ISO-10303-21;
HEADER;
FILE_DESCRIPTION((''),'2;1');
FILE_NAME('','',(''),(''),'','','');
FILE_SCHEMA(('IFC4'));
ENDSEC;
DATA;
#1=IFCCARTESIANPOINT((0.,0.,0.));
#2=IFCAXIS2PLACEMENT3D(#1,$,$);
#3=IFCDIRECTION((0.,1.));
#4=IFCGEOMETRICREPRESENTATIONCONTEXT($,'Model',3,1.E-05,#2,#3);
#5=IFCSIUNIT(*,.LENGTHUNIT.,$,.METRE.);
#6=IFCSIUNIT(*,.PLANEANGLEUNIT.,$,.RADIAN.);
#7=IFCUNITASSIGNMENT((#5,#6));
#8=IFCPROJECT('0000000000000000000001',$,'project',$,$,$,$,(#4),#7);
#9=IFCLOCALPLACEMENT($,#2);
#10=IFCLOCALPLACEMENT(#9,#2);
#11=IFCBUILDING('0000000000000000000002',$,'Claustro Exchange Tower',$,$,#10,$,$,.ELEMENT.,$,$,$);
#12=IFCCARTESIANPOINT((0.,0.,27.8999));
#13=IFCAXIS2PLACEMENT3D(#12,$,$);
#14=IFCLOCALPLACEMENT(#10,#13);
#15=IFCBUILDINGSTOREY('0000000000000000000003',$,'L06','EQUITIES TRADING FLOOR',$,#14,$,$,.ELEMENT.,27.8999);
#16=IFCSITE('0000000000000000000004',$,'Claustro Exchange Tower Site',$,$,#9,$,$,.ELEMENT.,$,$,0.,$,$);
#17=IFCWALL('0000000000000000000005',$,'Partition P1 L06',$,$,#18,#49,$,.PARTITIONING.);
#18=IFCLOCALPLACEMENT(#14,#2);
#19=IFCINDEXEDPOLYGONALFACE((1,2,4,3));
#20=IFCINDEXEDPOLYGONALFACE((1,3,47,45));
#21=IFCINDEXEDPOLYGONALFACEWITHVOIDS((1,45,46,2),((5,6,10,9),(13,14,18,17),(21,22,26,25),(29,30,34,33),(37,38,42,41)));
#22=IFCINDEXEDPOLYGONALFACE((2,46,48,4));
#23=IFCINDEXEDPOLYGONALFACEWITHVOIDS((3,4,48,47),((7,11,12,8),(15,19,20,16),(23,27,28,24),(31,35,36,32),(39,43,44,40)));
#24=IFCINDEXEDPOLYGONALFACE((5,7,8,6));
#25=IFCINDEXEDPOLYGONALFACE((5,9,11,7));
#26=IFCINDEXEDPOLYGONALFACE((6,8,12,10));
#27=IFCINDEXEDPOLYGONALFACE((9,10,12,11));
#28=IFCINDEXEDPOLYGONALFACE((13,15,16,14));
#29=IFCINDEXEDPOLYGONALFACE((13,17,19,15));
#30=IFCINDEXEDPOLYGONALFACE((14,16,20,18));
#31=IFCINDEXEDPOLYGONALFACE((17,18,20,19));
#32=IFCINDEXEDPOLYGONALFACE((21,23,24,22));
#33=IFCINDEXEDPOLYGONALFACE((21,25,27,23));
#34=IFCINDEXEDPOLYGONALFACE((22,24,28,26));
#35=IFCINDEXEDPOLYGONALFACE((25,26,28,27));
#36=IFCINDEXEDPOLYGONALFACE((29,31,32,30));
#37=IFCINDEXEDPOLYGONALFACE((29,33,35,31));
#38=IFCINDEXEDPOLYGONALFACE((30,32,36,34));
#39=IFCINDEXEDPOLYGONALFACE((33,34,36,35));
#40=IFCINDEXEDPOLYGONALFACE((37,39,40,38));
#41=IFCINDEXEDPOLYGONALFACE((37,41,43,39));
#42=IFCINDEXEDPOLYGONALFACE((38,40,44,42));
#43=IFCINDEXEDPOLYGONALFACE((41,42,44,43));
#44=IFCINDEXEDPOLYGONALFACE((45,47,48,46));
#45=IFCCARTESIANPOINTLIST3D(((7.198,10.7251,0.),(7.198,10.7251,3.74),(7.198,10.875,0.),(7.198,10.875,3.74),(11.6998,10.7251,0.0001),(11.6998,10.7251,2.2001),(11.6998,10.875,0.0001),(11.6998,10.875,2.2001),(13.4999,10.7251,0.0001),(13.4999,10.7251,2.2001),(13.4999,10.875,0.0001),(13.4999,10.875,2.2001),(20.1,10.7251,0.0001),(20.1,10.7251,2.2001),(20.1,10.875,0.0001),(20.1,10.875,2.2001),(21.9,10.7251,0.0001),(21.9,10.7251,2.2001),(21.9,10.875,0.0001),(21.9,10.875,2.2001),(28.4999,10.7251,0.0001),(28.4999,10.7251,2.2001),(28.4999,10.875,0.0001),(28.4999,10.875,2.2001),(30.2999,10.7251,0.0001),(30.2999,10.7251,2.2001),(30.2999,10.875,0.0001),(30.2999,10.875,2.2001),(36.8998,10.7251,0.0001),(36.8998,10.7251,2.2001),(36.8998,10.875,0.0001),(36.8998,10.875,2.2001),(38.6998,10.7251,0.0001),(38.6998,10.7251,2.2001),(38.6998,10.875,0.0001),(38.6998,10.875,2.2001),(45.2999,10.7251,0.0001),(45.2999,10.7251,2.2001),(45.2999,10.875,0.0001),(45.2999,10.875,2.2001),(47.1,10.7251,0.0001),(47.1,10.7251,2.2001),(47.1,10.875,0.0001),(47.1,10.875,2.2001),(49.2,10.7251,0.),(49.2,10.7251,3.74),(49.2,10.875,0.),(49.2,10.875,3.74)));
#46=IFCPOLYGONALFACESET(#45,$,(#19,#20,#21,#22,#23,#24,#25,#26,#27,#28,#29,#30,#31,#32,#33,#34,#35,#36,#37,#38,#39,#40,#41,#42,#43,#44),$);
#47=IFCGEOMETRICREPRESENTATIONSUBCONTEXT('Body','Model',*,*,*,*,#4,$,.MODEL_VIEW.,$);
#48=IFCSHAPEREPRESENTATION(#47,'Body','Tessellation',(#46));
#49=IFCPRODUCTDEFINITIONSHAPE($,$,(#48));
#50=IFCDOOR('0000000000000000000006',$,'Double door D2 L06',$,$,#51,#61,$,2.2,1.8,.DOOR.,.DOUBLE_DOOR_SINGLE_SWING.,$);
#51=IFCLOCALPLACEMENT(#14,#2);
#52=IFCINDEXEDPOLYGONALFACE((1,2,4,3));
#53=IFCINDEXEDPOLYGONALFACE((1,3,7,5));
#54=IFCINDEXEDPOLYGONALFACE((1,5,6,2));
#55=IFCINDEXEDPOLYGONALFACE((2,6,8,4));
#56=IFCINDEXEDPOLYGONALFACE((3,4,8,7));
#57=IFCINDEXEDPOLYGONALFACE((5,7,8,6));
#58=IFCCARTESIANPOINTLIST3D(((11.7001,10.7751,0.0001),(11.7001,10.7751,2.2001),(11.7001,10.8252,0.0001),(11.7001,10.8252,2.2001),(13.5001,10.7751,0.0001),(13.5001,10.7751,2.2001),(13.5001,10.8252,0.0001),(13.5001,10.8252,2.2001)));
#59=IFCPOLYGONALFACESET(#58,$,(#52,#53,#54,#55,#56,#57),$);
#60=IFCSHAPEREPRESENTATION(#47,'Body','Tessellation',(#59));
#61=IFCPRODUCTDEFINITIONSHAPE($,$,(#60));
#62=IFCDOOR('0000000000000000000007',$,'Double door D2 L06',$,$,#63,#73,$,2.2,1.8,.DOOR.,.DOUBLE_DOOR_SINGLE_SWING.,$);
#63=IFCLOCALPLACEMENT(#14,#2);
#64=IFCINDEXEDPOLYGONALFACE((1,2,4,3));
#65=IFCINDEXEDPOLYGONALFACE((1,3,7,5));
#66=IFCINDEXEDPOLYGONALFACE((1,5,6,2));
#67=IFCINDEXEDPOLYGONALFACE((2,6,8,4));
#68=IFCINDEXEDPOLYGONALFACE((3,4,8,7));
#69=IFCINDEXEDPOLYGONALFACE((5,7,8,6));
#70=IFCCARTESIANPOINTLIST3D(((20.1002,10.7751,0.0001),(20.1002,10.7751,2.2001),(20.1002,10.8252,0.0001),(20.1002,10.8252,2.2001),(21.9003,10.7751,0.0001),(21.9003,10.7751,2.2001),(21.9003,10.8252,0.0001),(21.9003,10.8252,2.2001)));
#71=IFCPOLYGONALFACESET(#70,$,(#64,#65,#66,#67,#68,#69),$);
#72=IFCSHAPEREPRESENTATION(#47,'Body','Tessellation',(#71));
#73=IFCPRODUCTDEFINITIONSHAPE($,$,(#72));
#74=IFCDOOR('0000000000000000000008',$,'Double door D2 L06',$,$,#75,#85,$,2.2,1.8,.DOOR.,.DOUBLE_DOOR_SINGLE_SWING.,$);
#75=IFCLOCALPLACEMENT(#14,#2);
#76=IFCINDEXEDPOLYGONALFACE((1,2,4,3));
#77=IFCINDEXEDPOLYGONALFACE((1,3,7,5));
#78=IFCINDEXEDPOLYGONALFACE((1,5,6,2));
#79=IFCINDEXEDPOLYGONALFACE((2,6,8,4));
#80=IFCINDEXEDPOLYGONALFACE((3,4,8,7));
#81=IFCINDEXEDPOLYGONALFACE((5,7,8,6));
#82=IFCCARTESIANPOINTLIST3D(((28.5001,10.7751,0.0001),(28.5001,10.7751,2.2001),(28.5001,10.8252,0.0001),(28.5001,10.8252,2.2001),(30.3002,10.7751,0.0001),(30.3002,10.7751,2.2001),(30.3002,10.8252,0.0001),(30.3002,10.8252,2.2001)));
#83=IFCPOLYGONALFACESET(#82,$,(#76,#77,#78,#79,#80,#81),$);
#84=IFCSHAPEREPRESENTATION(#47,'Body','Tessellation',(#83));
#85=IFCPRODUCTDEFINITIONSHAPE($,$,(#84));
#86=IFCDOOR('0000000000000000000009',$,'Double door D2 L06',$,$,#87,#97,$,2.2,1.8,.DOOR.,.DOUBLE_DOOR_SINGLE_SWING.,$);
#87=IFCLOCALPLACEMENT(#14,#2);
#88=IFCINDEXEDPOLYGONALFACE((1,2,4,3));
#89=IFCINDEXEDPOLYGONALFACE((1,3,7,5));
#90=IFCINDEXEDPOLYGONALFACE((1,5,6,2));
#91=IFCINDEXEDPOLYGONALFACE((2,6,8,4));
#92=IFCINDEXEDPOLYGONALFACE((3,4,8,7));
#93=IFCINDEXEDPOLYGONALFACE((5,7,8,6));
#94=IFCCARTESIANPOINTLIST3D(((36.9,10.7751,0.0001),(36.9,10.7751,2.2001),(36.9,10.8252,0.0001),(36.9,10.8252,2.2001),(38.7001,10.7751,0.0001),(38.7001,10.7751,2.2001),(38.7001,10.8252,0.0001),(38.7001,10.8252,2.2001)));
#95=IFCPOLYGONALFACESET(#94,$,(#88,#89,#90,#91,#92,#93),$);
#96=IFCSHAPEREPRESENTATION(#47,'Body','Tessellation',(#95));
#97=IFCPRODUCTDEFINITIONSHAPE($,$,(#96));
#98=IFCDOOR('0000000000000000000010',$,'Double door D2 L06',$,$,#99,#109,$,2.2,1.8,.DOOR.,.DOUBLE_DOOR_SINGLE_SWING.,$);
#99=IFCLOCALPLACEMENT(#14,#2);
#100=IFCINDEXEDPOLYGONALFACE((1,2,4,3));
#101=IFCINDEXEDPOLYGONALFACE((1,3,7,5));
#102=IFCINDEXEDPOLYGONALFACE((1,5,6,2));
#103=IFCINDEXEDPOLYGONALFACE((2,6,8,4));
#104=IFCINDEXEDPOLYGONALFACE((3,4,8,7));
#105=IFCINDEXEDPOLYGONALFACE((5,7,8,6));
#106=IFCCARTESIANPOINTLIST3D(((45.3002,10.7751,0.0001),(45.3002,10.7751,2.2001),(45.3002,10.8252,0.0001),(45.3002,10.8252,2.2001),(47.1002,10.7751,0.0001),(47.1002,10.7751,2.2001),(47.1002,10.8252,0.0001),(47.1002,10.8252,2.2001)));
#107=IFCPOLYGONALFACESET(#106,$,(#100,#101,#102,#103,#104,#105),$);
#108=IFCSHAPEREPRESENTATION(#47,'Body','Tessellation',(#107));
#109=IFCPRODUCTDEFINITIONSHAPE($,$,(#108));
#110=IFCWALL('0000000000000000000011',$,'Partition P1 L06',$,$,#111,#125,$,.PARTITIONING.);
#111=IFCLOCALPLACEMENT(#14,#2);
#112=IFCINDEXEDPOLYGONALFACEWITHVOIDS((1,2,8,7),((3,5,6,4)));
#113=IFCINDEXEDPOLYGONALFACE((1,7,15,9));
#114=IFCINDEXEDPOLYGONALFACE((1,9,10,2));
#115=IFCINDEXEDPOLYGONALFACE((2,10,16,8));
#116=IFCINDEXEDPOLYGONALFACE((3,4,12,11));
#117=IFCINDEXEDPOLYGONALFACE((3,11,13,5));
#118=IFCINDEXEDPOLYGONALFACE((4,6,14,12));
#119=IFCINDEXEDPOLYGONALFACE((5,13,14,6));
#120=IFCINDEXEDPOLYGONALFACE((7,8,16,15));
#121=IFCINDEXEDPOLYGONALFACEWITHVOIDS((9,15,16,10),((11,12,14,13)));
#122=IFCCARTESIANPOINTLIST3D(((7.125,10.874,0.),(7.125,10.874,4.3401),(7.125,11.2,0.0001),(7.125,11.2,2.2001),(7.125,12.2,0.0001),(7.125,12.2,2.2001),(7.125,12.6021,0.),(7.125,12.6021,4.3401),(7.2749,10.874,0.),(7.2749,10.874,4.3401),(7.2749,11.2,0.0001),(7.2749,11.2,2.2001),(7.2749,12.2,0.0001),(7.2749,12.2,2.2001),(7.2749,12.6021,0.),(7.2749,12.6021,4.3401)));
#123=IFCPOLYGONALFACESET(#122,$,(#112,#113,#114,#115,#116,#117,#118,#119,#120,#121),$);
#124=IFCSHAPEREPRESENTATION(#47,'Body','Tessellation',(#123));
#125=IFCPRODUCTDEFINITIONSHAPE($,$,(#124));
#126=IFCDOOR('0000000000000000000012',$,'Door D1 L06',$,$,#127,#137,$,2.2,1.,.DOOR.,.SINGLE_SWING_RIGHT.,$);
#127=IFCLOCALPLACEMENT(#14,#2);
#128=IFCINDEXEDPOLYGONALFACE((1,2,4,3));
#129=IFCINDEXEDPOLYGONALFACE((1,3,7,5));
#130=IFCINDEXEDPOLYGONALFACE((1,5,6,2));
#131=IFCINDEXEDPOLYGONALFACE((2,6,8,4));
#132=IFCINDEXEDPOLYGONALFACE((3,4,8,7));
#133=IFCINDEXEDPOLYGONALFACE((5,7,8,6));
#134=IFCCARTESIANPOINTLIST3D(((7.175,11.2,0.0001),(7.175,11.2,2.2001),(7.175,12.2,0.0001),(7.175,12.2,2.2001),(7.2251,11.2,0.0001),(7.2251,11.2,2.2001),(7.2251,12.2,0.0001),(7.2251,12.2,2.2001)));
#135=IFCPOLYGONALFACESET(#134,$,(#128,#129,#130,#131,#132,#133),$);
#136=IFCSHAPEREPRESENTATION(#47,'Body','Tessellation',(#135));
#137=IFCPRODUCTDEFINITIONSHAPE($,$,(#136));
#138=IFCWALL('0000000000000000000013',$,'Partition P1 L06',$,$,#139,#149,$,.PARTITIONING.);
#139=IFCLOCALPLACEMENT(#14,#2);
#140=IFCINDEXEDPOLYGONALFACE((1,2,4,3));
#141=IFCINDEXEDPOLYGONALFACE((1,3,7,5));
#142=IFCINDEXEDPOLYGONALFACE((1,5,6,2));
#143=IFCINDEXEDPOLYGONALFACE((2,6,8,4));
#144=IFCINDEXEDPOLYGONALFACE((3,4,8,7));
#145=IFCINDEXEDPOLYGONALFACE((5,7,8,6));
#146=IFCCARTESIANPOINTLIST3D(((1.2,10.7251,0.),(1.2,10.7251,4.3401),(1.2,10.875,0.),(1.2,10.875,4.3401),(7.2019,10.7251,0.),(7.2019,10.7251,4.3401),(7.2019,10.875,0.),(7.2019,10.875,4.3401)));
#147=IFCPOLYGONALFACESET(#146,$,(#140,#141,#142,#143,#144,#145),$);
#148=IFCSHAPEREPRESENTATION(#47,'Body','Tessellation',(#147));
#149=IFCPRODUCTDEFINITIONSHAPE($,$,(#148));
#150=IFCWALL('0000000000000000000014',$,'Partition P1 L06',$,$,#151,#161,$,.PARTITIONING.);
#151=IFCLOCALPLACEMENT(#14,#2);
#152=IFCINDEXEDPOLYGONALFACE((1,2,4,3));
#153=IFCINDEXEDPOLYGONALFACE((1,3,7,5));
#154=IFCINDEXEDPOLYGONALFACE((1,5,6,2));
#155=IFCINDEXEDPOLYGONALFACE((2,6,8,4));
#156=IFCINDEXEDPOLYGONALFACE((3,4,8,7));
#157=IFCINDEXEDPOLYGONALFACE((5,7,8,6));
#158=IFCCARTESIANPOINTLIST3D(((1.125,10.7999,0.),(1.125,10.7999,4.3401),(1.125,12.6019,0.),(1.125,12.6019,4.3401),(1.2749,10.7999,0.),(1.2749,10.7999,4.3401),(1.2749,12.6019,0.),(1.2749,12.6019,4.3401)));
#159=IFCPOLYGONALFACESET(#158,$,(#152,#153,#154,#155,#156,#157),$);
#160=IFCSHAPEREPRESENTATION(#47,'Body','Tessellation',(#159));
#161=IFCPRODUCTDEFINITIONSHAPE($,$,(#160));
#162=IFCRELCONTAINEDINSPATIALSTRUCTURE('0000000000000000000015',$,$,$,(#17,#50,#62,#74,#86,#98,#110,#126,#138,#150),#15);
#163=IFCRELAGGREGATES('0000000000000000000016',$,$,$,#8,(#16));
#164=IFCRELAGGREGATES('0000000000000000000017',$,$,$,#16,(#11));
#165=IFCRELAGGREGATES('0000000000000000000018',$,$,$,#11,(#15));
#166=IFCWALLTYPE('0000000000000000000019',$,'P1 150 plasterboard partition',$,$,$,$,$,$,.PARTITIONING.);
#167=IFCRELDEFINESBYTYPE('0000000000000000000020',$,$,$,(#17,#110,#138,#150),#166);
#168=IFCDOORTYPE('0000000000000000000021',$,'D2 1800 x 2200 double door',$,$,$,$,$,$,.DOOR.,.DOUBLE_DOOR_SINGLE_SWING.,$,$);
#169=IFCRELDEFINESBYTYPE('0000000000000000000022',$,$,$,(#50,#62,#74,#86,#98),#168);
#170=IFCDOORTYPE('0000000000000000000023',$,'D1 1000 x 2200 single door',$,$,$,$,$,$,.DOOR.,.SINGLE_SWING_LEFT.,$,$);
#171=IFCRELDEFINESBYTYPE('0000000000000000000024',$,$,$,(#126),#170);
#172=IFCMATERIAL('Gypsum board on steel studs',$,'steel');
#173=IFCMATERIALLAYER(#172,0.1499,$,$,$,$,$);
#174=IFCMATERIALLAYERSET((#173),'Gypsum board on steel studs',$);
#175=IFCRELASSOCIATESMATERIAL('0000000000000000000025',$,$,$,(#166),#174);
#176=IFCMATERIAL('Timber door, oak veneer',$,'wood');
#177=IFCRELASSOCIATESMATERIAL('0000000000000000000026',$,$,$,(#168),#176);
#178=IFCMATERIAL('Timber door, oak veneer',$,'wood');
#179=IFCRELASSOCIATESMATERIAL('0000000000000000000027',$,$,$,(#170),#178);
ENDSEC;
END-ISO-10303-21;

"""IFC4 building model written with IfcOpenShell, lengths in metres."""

from ifc_helpers import new_model, si_unit, direction, frame, frame_2d, origin, place, context, subcontext, project, spatial, rectangle, extrude, material, layer, layer_set, type_object, element, fill, save


model = new_model("IFC4")

# Units and contexts
model_context = context("Model", 3, precision=1e-05, world=origin(), true_north=direction((0.0, 1.0)))
body_context = subcontext(model_context, "Body", "Model", "MODEL_VIEW")
ifc_project = project(units=[si_unit("LENGTHUNIT", "METRE"), si_unit("PLANEANGLEUNIT", "RADIAN")], contexts=[model_context])

# Site, building, storey
site_placement = place(None, origin())
site = spatial("IfcSite", under=ifc_project, at=site_placement, Name="Claustro Exchange Tower Site", CompositionType="ELEMENT", RefElevation=0.0)
building_placement = place(site_placement, origin())
building = spatial("IfcBuilding", under=site, at=building_placement, Name="Claustro Exchange Tower", CompositionType="ELEMENT")
storey_placement = place(building_placement, frame((0.0, 0.0, 27.8999)))
storey = spatial("IfcBuildingStorey", under=building, at=storey_placement, Name="L06", Description="EQUITIES TRADING FLOOR", CompositionType="ELEMENT", Elevation=27.8999)

# Wall, openings, doors
ifc_material_1 = material(Name="Gypsum board on steel studs", Category="steel")
ifc_layer_1 = layer(ifc_material_1, 0.1499)
ifc_layer_set_1 = layer_set([ifc_layer_1], Name="Gypsum board on steel studs")
wall_type_1 = type_object("IfcWallType", Name="P1 150 plasterboard partition", PredefinedType="PARTITIONING", material=ifc_layer_set_1)
wall_1_placement = place(storey_placement, frame((7.198, 10.8, 0.0), z_axis=(0.0, 0.0, 1.0), x_axis=(1.0, 0.0, 0.0)))
wall_1 = element("IfcWall", 1, at=wall_1_placement, inside=storey, type_object=wall_type_1, Name="Partition P1 L06", PredefinedType="PARTITIONING", context=body_context, shape_type="SweptSolid", body=[
    extrude(rectangle(XDim=42.002, YDim=0.1499, at=frame_2d((21.001, 0.0))), origin(), (0.0, 0.0, 1.0), 3.74),
])
opening_1_placement = place(wall_1_placement, frame((4.502, 0.0, 0.0)))
opening_1 = element("IfcOpeningElement", 2, at=opening_1_placement, cuts=wall_1, PredefinedType="OPENING", context=body_context, shape_type="SweptSolid", body=[
    extrude(rectangle(XDim=1.8, YDim=2.2, at=frame_2d((0.8999, 1.1001))), frame((0.0, 0.085, 0.0), z_axis=(0.0, -1.0, 0.0), x_axis=(1.0, 0.0, 0.0)), (0.0, 0.0, 1.0), 0.1699),
])
opening_2_placement = place(wall_1_placement, frame((12.9021, 0.0, 0.0)))
opening_2 = element("IfcOpeningElement", 3, at=opening_2_placement, cuts=wall_1, PredefinedType="OPENING", context=body_context, shape_type="SweptSolid", body=[
    extrude(rectangle(XDim=1.8, YDim=2.2, at=frame_2d((0.8999, 1.1001))), frame((0.0, 0.085, 0.0), z_axis=(0.0, -1.0, 0.0), x_axis=(1.0, 0.0, 0.0)), (0.0, 0.0, 1.0), 0.1699),
])
opening_3_placement = place(wall_1_placement, frame((21.302, 0.0, 0.0)))
opening_3 = element("IfcOpeningElement", 4, at=opening_3_placement, cuts=wall_1, PredefinedType="OPENING", context=body_context, shape_type="SweptSolid", body=[
    extrude(rectangle(XDim=1.8, YDim=2.2, at=frame_2d((0.8999, 1.1001))), frame((0.0, 0.085, 0.0), z_axis=(0.0, -1.0, 0.0), x_axis=(1.0, 0.0, 0.0)), (0.0, 0.0, 1.0), 0.1699),
])
opening_4_placement = place(wall_1_placement, frame((29.7019, 0.0, 0.0)))
opening_4 = element("IfcOpeningElement", 5, at=opening_4_placement, cuts=wall_1, PredefinedType="OPENING", context=body_context, shape_type="SweptSolid", body=[
    extrude(rectangle(XDim=1.8, YDim=2.2, at=frame_2d((0.8999, 1.1001))), frame((0.0, 0.085, 0.0), z_axis=(0.0, -1.0, 0.0), x_axis=(1.0, 0.0, 0.0)), (0.0, 0.0, 1.0), 0.1699),
])
opening_5_placement = place(wall_1_placement, frame((38.1021, 0.0, 0.0)))
opening_5 = element("IfcOpeningElement", 6, at=opening_5_placement, cuts=wall_1, PredefinedType="OPENING", context=body_context, shape_type="SweptSolid", body=[
    extrude(rectangle(XDim=1.8, YDim=2.2, at=frame_2d((0.8999, 1.1001))), frame((0.0, 0.085, 0.0), z_axis=(0.0, -1.0, 0.0), x_axis=(1.0, 0.0, 0.0)), (0.0, 0.0, 1.0), 0.1699),
])
ifc_material_2 = material(Name="Timber door, oak veneer", Category="wood")
door_type_1 = type_object("IfcDoorType", Name="D2 1800 x 2200 double door", OperationType="DOUBLE_DOOR_SINGLE_SWING", PredefinedType="DOOR", material=ifc_material_2)
door_1_placement = place(opening_1_placement, frame((1.8, 0.0, 0.0), z_axis=(0.0, 0.0, 1.0), x_axis=(-1.0, 0.0, 0.0)))
door_1 = element("IfcDoor", 7, at=door_1_placement, inside=storey, type_object=door_type_1, Name="Double door D2 L06", OperationType="DOUBLE_DOOR_SINGLE_SWING", OverallHeight=2.2, OverallWidth=1.8, PredefinedType="DOOR", context=body_context, shape_type="SweptSolid", body=[
    extrude(rectangle(XDim=1.8, YDim=2.2, at=frame_2d((0.8999, 1.1001))), frame((0.0, 0.0249, 0.0), z_axis=(0.0, -1.0, 0.0), x_axis=(1.0, 0.0, 0.0)), (0.0, 0.0, 1.0), 0.05),
])
fill(opening_1, door_1)
door_2_placement = place(opening_2_placement, frame((1.8, 0.0, 0.0), z_axis=(0.0, 0.0, 1.0), x_axis=(-1.0, 0.0, 0.0)))
door_2 = element("IfcDoor", 8, at=door_2_placement, inside=storey, type_object=door_type_1, Name="Double door D2 L06", OperationType="DOUBLE_DOOR_SINGLE_SWING", OverallHeight=2.2, OverallWidth=1.8, PredefinedType="DOOR", context=body_context, shape_type="SweptSolid", body=[
    extrude(rectangle(XDim=1.8, YDim=2.2, at=frame_2d((0.8999, 1.1001))), frame((0.0, 0.0249, 0.0), z_axis=(0.0, -1.0, 0.0), x_axis=(1.0, 0.0, 0.0)), (0.0, 0.0, 1.0), 0.05),
])
fill(opening_2, door_2)
door_3_placement = place(opening_3_placement, frame((1.8, 0.0, 0.0), z_axis=(0.0, 0.0, 1.0), x_axis=(-1.0, 0.0, 0.0)))
door_3 = element("IfcDoor", 9, at=door_3_placement, inside=storey, type_object=door_type_1, Name="Double door D2 L06", OperationType="DOUBLE_DOOR_SINGLE_SWING", OverallHeight=2.2, OverallWidth=1.8, PredefinedType="DOOR", context=body_context, shape_type="SweptSolid", body=[
    extrude(rectangle(XDim=1.8, YDim=2.2, at=frame_2d((0.8999, 1.1001))), frame((0.0, 0.0249, 0.0), z_axis=(0.0, -1.0, 0.0), x_axis=(1.0, 0.0, 0.0)), (0.0, 0.0, 1.0), 0.05),
])
fill(opening_3, door_3)
door_4_placement = place(opening_4_placement, frame((1.8, 0.0, 0.0), z_axis=(0.0, 0.0, 1.0), x_axis=(-1.0, 0.0, 0.0)))
door_4 = element("IfcDoor", 10, at=door_4_placement, inside=storey, type_object=door_type_1, Name="Double door D2 L06", OperationType="DOUBLE_DOOR_SINGLE_SWING", OverallHeight=2.2, OverallWidth=1.8, PredefinedType="DOOR", context=body_context, shape_type="SweptSolid", body=[
    extrude(rectangle(XDim=1.8, YDim=2.2, at=frame_2d((0.8999, 1.1001))), frame((0.0, 0.0249, 0.0), z_axis=(0.0, -1.0, 0.0), x_axis=(1.0, 0.0, 0.0)), (0.0, 0.0, 1.0), 0.05),
])
fill(opening_4, door_4)
door_5_placement = place(opening_5_placement, frame((1.8, 0.0, 0.0), z_axis=(0.0, 0.0, 1.0), x_axis=(-1.0, 0.0, 0.0)))
door_5 = element("IfcDoor", 11, at=door_5_placement, inside=storey, type_object=door_type_1, Name="Double door D2 L06", OperationType="DOUBLE_DOOR_SINGLE_SWING", OverallHeight=2.2, OverallWidth=1.8, PredefinedType="DOOR", context=body_context, shape_type="SweptSolid", body=[
    extrude(rectangle(XDim=1.8, YDim=2.2, at=frame_2d((0.8999, 1.1001))), frame((0.0, 0.0249, 0.0), z_axis=(0.0, -1.0, 0.0), x_axis=(1.0, 0.0, 0.0)), (0.0, 0.0, 1.0), 0.05),
])
fill(opening_5, door_5)

# Wall, opening, door
wall_2_placement = place(storey_placement, frame((7.2, 10.874, 0.0), z_axis=(0.0, 0.0, 1.0), x_axis=(0.0, 1.0, 0.0)))
wall_2 = element("IfcWall", 12, at=wall_2_placement, inside=storey, type_object=wall_type_1, Name="Partition P1 L06", PredefinedType="PARTITIONING", context=body_context, shape_type="SweptSolid", body=[
    extrude(rectangle(XDim=1.728, YDim=0.1499, at=frame_2d((0.864, 0.0))), origin(), (0.0, 0.0, 1.0), 4.3401),
])
opening_6_placement = place(wall_2_placement, frame((0.3259, 0.0, 0.0)))
opening_6 = element("IfcOpeningElement", 13, at=opening_6_placement, cuts=wall_2, PredefinedType="OPENING", context=body_context, shape_type="SweptSolid", body=[
    extrude(rectangle(XDim=1.0, YDim=2.2, at=frame_2d((0.5, 1.1001))), frame((0.0, 0.085, 0.0), z_axis=(0.0, -1.0, 0.0), x_axis=(1.0, 0.0, 0.0)), (0.0, 0.0, 1.0), 0.1699),
])
ifc_material_3 = material(Name="Timber door, oak veneer", Category="wood")
door_type_2 = type_object("IfcDoorType", Name="D1 1000 x 2200 single door", OperationType="SINGLE_SWING_LEFT", PredefinedType="DOOR", material=ifc_material_3)
door_6_placement = place(opening_6_placement, origin())
door_6 = element("IfcDoor", 14, at=door_6_placement, inside=storey, type_object=door_type_2, Name="Door D1 L06", OperationType="SINGLE_SWING_RIGHT", OverallHeight=2.2, OverallWidth=1.0, PredefinedType="DOOR", context=body_context, shape_type="SweptSolid", body=[
    extrude(rectangle(XDim=1.0, YDim=2.2, at=frame_2d((0.5, 1.1001))), frame((0.0, 0.0249, 0.0), z_axis=(0.0, -1.0, 0.0), x_axis=(1.0, 0.0, 0.0)), (0.0, 0.0, 1.0), 0.05),
])
fill(opening_6, door_6)

# Walls
wall_3_placement = place(storey_placement, frame((1.2, 10.8, 0.0), z_axis=(0.0, 0.0, 1.0), x_axis=(1.0, 0.0, 0.0)))
element("IfcWall", 15, at=wall_3_placement, inside=storey, type_object=wall_type_1, Name="Partition P1 L06", PredefinedType="PARTITIONING", context=body_context, shape_type="SweptSolid", body=[
    extrude(rectangle(XDim=6.002, YDim=0.1499, at=frame_2d((3.001, 0.0))), origin(), (0.0, 0.0, 1.0), 4.3401),
])
wall_4_placement = place(storey_placement, frame((1.2, 10.8, 0.0), z_axis=(0.0, 0.0, 1.0), x_axis=(0.0, 1.0, 0.0)))
element("IfcWall", 16, at=wall_4_placement, inside=storey, type_object=wall_type_1, Name="Partition P1 L06", PredefinedType="PARTITIONING", context=body_context, shape_type="SweptSolid", body=[
    extrude(rectangle(XDim=1.802, YDim=0.1499, at=frame_2d((0.9009, 0.0))), origin(), (0.0, 0.0, 1.0), 4.3401),
])

save(model, "model.ifc")
